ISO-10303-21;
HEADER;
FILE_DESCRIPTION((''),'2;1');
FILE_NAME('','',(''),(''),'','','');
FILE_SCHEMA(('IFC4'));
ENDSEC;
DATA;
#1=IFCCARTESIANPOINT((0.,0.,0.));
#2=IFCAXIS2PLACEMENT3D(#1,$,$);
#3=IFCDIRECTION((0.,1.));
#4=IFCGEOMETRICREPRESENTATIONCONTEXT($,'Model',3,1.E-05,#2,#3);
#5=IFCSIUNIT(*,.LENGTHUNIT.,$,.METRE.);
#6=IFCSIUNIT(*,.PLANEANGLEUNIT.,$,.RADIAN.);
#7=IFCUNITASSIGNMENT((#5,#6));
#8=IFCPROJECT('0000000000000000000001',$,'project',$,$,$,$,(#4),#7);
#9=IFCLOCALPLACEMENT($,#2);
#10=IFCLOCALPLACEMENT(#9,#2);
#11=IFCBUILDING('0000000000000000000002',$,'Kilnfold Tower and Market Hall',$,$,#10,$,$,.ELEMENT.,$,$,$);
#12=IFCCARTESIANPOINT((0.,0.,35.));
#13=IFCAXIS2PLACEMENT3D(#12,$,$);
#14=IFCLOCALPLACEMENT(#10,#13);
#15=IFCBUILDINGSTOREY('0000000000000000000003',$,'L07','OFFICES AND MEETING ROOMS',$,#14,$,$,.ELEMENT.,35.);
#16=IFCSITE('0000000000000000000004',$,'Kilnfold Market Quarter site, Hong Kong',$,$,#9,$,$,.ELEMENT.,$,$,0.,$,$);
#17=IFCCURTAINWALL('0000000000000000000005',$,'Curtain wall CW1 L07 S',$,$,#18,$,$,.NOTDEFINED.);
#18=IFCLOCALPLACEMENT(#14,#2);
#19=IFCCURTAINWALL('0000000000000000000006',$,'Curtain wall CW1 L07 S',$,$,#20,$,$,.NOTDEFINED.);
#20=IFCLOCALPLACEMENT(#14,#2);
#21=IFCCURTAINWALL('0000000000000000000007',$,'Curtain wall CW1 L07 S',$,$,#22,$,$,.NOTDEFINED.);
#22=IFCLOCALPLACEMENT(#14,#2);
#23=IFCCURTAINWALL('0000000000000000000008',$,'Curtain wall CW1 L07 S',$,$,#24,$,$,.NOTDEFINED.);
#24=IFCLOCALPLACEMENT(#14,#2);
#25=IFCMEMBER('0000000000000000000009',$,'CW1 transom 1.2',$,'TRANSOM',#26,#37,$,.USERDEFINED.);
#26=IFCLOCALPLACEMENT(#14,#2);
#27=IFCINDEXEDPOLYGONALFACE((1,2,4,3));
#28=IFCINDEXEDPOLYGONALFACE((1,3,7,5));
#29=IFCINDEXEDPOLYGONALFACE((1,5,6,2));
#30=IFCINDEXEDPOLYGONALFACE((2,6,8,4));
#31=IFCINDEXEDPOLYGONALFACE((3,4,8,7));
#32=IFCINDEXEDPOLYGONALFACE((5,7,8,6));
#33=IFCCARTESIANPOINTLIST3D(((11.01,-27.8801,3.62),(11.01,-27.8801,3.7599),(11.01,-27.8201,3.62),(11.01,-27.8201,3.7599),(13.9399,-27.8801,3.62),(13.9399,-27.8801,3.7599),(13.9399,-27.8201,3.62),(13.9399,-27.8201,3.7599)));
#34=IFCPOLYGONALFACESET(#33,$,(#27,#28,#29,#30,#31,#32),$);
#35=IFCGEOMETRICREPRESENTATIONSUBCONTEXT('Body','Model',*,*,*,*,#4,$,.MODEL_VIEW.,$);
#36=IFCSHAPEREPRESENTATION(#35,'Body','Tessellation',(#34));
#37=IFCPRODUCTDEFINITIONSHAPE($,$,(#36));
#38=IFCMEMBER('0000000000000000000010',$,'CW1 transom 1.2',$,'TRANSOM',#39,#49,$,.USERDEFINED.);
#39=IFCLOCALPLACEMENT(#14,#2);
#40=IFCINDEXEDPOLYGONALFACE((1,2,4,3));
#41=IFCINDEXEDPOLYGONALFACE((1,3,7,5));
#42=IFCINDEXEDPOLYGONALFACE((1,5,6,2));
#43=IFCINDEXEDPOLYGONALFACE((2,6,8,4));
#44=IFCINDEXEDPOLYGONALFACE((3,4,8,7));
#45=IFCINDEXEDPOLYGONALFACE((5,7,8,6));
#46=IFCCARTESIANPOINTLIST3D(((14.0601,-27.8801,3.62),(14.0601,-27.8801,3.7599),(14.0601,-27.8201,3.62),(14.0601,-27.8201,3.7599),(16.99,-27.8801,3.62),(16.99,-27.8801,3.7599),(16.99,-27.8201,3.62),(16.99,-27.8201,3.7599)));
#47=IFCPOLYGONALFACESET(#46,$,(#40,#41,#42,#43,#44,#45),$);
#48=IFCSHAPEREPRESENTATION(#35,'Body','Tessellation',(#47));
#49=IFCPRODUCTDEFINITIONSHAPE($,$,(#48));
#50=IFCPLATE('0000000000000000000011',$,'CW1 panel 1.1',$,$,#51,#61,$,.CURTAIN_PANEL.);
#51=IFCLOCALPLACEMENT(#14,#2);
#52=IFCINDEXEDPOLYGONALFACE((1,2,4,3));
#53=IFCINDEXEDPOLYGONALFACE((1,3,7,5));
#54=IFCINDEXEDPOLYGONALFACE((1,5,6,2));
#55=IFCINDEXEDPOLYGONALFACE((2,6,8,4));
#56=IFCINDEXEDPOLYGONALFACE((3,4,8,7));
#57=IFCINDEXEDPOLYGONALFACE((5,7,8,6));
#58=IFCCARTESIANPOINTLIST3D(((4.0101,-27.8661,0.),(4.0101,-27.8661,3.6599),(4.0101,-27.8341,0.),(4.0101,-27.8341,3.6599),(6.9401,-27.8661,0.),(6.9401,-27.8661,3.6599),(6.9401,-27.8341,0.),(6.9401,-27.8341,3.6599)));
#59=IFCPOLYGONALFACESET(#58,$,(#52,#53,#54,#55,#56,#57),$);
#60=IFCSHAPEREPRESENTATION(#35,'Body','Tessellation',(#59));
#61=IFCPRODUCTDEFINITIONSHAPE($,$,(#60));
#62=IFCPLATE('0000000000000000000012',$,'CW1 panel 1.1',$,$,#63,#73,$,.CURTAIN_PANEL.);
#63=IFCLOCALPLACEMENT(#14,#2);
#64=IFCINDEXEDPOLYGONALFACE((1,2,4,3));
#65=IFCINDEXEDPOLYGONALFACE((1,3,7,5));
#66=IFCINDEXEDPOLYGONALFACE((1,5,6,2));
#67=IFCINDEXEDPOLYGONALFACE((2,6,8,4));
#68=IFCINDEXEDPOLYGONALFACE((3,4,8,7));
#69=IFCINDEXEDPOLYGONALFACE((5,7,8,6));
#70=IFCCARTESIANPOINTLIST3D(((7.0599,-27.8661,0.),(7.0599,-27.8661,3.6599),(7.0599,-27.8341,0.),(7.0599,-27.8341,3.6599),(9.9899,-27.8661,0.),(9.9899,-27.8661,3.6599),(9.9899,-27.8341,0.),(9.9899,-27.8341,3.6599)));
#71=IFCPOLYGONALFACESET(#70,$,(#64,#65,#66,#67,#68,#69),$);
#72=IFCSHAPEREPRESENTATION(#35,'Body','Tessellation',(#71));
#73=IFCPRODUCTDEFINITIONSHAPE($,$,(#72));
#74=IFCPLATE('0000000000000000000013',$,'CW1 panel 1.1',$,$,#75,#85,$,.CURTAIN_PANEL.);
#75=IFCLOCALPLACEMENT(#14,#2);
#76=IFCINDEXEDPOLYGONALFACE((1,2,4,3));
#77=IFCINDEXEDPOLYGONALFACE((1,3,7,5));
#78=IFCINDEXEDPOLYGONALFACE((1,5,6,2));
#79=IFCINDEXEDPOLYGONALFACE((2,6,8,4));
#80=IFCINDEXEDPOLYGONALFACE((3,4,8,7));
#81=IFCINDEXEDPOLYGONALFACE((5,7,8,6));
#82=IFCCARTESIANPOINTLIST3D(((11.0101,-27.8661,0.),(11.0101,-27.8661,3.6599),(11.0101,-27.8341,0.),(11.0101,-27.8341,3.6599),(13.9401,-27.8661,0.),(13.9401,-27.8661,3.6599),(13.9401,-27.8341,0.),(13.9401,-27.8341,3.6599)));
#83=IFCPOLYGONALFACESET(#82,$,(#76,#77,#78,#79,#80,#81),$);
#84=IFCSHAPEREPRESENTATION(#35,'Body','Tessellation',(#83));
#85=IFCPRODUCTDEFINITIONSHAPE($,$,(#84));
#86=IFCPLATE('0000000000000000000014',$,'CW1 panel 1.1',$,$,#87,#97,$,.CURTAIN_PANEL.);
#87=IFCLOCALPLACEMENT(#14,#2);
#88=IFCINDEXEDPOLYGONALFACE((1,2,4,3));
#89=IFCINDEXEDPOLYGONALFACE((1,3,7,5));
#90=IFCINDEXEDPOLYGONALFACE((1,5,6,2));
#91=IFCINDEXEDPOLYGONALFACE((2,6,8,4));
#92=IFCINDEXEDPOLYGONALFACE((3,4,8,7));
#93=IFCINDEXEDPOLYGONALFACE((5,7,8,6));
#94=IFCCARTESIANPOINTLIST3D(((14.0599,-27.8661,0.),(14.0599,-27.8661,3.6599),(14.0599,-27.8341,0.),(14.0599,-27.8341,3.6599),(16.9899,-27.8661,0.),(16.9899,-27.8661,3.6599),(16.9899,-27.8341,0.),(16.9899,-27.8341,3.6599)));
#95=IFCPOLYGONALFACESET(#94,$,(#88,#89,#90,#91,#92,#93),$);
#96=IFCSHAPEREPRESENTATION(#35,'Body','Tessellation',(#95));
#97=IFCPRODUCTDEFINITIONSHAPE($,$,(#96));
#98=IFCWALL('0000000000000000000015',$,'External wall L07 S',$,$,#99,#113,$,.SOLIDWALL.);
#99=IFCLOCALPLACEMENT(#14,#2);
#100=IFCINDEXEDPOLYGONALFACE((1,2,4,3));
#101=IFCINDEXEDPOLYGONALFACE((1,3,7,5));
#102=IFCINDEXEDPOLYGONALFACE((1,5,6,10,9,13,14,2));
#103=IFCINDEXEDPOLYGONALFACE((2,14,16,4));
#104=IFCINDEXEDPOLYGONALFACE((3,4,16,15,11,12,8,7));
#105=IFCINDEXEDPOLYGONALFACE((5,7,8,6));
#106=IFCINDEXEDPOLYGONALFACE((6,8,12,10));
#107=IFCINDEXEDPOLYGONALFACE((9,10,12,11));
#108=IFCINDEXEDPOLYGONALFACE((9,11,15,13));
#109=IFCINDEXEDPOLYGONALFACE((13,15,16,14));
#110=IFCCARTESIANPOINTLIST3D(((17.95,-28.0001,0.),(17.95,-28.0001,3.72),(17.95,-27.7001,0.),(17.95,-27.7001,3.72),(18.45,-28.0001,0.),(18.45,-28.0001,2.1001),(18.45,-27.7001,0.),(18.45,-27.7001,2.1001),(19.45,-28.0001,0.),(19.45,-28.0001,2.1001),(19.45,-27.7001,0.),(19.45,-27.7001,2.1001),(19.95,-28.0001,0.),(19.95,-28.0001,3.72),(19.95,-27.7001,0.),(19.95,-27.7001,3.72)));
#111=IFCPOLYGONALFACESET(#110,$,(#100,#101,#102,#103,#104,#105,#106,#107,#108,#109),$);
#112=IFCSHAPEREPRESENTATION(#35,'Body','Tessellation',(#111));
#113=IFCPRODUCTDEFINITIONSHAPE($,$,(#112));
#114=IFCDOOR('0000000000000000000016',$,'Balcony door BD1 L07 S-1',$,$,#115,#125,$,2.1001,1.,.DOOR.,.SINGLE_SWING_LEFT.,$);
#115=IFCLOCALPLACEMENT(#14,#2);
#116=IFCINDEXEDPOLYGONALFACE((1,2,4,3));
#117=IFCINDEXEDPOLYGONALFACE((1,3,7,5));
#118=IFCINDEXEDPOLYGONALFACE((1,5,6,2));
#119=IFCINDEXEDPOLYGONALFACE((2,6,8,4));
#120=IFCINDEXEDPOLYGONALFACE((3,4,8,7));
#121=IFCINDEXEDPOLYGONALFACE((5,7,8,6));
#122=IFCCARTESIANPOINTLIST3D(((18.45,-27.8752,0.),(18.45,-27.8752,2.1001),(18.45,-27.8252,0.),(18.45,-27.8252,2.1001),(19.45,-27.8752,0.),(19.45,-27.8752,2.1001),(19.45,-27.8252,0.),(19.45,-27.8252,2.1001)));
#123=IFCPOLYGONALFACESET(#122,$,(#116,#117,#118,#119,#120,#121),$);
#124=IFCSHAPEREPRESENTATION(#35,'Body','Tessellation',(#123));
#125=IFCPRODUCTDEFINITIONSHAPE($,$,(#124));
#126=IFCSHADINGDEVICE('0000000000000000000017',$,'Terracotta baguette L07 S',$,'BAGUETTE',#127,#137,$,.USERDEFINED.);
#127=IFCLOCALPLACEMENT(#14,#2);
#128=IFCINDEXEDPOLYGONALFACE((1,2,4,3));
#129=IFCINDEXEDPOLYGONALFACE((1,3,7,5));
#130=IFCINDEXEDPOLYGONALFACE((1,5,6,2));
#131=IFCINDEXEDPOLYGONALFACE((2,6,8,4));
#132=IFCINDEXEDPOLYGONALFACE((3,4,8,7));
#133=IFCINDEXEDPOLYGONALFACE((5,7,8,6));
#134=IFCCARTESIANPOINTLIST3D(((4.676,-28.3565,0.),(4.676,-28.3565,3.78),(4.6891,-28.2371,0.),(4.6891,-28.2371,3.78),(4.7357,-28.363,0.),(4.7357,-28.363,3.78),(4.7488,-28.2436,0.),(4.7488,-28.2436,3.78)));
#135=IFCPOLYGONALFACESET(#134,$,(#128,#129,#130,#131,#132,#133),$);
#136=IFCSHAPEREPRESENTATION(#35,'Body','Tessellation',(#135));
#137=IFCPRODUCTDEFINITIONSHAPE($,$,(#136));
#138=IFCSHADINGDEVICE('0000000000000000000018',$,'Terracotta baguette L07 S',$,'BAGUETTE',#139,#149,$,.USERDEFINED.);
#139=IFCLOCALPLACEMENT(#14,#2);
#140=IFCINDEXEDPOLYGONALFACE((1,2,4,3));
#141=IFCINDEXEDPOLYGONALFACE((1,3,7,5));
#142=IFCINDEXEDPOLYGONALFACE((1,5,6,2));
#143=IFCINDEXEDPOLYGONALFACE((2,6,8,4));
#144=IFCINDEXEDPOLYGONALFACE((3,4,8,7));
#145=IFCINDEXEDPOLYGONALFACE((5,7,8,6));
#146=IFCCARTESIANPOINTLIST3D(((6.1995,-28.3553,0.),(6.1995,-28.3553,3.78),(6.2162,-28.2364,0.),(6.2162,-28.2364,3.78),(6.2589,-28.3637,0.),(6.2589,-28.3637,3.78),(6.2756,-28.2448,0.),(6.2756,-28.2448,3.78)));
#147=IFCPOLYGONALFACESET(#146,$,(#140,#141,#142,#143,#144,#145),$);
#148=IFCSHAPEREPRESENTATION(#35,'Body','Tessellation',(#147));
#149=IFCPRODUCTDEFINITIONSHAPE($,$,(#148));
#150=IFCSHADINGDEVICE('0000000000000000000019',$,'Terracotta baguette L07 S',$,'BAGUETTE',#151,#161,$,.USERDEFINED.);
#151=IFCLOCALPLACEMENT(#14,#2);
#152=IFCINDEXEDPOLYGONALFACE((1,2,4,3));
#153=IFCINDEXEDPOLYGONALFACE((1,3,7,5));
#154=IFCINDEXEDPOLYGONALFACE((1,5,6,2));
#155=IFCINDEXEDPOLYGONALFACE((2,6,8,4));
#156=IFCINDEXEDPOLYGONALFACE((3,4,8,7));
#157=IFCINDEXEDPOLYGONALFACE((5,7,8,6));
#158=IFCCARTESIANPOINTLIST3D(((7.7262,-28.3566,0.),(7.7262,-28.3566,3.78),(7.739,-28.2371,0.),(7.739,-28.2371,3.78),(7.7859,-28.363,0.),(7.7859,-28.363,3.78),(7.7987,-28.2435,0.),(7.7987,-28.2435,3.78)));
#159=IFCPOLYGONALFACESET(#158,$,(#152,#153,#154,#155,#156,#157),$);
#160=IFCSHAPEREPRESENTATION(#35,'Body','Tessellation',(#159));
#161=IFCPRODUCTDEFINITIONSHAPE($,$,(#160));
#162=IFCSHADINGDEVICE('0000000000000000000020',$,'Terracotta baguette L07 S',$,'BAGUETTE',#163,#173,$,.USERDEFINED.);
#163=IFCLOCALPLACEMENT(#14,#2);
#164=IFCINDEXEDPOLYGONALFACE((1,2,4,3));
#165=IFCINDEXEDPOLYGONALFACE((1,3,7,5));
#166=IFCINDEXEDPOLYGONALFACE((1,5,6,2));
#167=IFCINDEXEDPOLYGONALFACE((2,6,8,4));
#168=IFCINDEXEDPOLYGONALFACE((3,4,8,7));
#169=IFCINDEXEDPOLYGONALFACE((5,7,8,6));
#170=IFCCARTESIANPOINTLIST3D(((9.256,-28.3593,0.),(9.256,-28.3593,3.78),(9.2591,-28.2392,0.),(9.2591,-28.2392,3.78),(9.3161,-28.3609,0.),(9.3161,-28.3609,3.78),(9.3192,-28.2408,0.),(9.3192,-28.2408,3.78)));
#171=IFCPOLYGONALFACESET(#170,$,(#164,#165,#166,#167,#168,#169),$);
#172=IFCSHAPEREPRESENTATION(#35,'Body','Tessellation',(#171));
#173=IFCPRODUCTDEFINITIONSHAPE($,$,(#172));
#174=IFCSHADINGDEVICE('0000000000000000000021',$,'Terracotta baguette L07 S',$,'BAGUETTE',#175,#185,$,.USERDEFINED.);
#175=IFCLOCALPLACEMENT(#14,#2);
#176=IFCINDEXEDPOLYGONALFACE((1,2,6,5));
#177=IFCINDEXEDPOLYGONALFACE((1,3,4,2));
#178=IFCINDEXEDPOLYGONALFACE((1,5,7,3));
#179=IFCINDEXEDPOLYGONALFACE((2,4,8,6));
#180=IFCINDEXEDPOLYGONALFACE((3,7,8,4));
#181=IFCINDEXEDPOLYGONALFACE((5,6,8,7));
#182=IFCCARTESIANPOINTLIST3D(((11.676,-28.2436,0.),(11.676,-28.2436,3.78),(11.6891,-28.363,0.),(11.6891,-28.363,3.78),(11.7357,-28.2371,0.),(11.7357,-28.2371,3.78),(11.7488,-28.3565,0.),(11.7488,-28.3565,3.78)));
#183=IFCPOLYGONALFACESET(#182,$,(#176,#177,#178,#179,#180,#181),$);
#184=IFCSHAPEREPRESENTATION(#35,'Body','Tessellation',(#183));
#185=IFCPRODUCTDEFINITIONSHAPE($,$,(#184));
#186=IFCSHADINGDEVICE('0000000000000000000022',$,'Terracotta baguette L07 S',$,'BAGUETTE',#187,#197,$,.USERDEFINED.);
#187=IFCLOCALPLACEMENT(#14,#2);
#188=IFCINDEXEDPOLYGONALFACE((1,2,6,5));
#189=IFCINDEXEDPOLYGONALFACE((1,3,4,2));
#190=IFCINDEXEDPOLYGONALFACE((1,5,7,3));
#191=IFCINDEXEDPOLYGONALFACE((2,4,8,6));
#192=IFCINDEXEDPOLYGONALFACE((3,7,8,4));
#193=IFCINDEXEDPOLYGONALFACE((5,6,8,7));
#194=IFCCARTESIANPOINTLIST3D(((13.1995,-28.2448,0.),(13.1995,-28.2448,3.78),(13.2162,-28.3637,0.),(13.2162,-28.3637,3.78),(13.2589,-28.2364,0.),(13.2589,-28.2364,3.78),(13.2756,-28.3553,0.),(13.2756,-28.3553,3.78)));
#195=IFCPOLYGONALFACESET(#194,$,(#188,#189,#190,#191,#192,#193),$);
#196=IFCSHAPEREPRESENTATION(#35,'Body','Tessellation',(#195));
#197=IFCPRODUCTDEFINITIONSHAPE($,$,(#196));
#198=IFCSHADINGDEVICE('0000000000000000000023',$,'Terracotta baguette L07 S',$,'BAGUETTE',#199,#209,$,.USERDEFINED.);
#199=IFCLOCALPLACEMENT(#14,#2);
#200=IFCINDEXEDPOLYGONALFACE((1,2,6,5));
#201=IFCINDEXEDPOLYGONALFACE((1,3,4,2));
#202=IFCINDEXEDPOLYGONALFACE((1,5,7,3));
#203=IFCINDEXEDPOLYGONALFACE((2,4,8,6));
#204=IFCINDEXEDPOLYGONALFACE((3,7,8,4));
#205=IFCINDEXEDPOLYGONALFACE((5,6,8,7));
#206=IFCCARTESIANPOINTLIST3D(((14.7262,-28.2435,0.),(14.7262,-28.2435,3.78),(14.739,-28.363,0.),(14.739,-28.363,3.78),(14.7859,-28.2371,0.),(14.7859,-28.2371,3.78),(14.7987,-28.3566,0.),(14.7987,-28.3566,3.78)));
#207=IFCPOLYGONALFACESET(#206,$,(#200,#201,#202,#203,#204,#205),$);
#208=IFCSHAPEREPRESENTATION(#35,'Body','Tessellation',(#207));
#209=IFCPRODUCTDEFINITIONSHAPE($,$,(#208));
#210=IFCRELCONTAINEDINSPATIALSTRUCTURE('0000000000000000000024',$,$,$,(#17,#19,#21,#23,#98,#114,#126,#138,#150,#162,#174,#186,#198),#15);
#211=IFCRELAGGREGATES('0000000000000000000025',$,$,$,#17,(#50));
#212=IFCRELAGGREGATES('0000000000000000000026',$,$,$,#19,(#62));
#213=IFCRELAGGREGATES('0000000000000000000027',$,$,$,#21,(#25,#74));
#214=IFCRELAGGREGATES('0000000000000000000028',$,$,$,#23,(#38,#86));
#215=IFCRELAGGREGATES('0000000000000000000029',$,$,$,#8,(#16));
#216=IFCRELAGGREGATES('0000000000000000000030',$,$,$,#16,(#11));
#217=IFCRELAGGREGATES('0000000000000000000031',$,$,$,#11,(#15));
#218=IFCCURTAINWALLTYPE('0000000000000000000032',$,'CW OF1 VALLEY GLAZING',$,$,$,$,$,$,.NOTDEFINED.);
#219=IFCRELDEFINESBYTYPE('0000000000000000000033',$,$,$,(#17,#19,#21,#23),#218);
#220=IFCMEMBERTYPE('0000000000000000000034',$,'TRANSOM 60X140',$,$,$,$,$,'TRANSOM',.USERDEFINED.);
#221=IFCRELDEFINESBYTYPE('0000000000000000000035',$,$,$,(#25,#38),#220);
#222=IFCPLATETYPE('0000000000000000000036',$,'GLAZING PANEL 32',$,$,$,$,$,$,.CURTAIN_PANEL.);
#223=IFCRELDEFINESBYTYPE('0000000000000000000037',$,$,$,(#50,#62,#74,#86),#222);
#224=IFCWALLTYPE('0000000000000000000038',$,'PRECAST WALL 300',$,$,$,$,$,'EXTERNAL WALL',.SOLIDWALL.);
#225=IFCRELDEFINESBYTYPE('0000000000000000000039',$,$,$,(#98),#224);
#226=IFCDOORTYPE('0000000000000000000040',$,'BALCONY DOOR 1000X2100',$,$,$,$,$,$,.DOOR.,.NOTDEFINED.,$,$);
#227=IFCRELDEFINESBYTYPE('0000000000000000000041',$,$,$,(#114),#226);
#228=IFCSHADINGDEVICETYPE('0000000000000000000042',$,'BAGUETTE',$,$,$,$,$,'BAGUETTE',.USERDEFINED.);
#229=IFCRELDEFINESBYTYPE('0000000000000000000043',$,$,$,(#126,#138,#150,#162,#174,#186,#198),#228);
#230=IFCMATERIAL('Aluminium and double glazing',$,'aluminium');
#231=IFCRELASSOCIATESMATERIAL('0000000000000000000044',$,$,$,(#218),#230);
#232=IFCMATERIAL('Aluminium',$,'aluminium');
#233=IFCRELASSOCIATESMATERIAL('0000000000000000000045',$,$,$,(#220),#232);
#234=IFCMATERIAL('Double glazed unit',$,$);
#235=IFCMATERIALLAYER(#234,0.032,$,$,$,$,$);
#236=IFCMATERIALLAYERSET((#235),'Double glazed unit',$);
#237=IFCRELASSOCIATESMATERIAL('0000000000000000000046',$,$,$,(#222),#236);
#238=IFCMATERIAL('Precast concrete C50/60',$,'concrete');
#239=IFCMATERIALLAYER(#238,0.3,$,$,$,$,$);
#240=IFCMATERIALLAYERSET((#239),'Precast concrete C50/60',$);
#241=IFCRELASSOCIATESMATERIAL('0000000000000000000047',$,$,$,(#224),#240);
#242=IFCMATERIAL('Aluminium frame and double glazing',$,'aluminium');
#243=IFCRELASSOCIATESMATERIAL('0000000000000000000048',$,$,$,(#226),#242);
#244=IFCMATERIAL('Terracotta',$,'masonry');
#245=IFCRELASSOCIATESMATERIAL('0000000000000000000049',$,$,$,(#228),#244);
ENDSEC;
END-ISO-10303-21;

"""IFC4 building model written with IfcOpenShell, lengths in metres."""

from ifc_helpers import new_model, si_unit, direction, frame, frame_2d, origin, origin_2d, place, context, subcontext, project, spatial, rectangle, extrude, source, transform, mapped, material, layer, layer_set, material_profile, profile_set, type_object, element, fill, aggregate, save


model = new_model("IFC4")

# Units and contexts
model_context = context("Model", 3, precision=1e-05, world=origin(), true_north=direction((0.0, 1.0)))
body_context = subcontext(model_context, "Body", "Model", "MODEL_VIEW")
ifc_project = project(units=[si_unit("LENGTHUNIT", "METRE"), si_unit("PLANEANGLEUNIT", "RADIAN")], contexts=[model_context])

# Site, building, storey
site_placement = place(None, origin())
site = spatial("IfcSite", under=ifc_project, at=site_placement, Name="Kilnfold Market Quarter site, Hong Kong", CompositionType="ELEMENT", RefElevation=0.0)
building_placement = place(site_placement, origin())
building = spatial("IfcBuilding", under=site, at=building_placement, Name="Kilnfold Tower and Market Hall", CompositionType="ELEMENT")
storey_placement = place(building_placement, frame((0.0, 0.0, 35.0)))
storey = spatial("IfcBuildingStorey", under=building, at=storey_placement, Name="L07", Description="OFFICES AND MEETING ROOMS", CompositionType="ELEMENT", Elevation=35.0)

# Curtain walls
ifc_material_1 = material(Name="Aluminium and double glazing", Category="aluminium")
curtain_wall_type = type_object("IfcCurtainWallType", Name="CW OF1 VALLEY GLAZING", PredefinedType="NOTDEFINED", material=ifc_material_1)
curtain_wall_1_placement = place(storey_placement, origin())
curtain_wall_1 = element("IfcCurtainWall", 1, at=curtain_wall_1_placement, inside=storey, type_object=curtain_wall_type, Name="Curtain wall CW1 L07 S", PredefinedType="NOTDEFINED")
curtain_wall_2_placement = place(storey_placement, origin())
curtain_wall_2 = element("IfcCurtainWall", 2, at=curtain_wall_2_placement, inside=storey, type_object=curtain_wall_type, Name="Curtain wall CW1 L07 S", PredefinedType="NOTDEFINED")
curtain_wall_3_placement = place(storey_placement, origin())
curtain_wall_3 = element("IfcCurtainWall", 3, at=curtain_wall_3_placement, inside=storey, type_object=curtain_wall_type, Name="Curtain wall CW1 L07 S", PredefinedType="NOTDEFINED")
curtain_wall_4_placement = place(storey_placement, origin())
curtain_wall_4 = element("IfcCurtainWall", 4, at=curtain_wall_4_placement, inside=storey, type_object=curtain_wall_type, Name="Curtain wall CW1 L07 S", PredefinedType="NOTDEFINED")

# Members
ifc_material_2 = material(Name="Aluminium", Category="aluminium")
ifc_material_profile_1 = material_profile(ifc_material_2, rectangle(XDim=0.0601, YDim=0.1399, at=origin_2d()), Name="TRANSOM 60x140")
ifc_profile_set_1 = profile_set([ifc_material_profile_1], Name="Aluminium")
member_type_1 = type_object("IfcMemberType", Name="TRANSOM 60X140", ElementType="TRANSOM", PredefinedType="USERDEFINED", material=ifc_profile_set_1)
shared_shape_1 = source(origin(), body_context, "Body", "SweptSolid", [
    extrude(rectangle(XDim=0.0601, YDim=0.1399, at=origin_2d()), origin(), (0.0, 0.0, 1.0), 2.9299),
])
member_1_placement = place(storey_placement, frame((11.01, -27.8501, 3.6899), z_axis=(1.0, 0.0, 0.0), x_axis=(0.0, 1.0, 0.0)))
member_1 = element("IfcMember", 5, at=member_1_placement, type_object=member_type_1, Name="CW1 transom 1.2", ObjectType="TRANSOM", PredefinedType="USERDEFINED", context=body_context, shape_type="MappedRepresentation", body=[
    mapped(shared_shape_1, transform((0.0, 0.0, 0.0))),
])
member_2_placement = place(storey_placement, frame((14.0601, -27.8501, 3.6899), z_axis=(1.0, 0.0, 0.0), x_axis=(0.0, 1.0, 0.0)))
member_2 = element("IfcMember", 6, at=member_2_placement, type_object=member_type_1, Name="CW1 transom 1.2", ObjectType="TRANSOM", PredefinedType="USERDEFINED", context=body_context, shape_type="MappedRepresentation", body=[
    mapped(shared_shape_1, transform((0.0, 0.0, 0.0))),
])

# Plates
ifc_material_3 = material(Name="Double glazed unit")
ifc_layer_1 = layer(ifc_material_3, 0.032)
ifc_layer_set_1 = layer_set([ifc_layer_1], Name="Double glazed unit")
plate_type = type_object("IfcPlateType", Name="GLAZING PANEL 32", PredefinedType="CURTAIN_PANEL", material=ifc_layer_set_1)
shared_shape_2 = source(origin(), body_context, "Body", "SweptSolid", [
    extrude(rectangle(XDim=2.9299, YDim=0.032, at=origin_2d()), origin(), (0.0, 0.0, 1.0), 3.6599),
])
plate_1_placement = place(storey_placement, frame((5.4751, -27.8501, 0.0), z_axis=(0.0, 0.0, 1.0), x_axis=(1.0, 0.0, 0.0)))
plate_1 = element("IfcPlate", 7, at=plate_1_placement, type_object=plate_type, Name="CW1 panel 1.1", PredefinedType="CURTAIN_PANEL", context=body_context, shape_type="MappedRepresentation", body=[
    mapped(shared_shape_2, transform((0.0, 0.0, 0.0))),
])
aggregate(curtain_wall_1, [plate_1])
plate_2_placement = place(storey_placement, frame((8.5249, -27.8501, 0.0), z_axis=(0.0, 0.0, 1.0), x_axis=(1.0, 0.0, 0.0)))
plate_2 = element("IfcPlate", 8, at=plate_2_placement, type_object=plate_type, Name="CW1 panel 1.1", PredefinedType="CURTAIN_PANEL", context=body_context, shape_type="MappedRepresentation", body=[
    mapped(shared_shape_2, transform((0.0, 0.0, 0.0))),
])
aggregate(curtain_wall_2, [plate_2])
plate_3_placement = place(storey_placement, frame((12.4751, -27.8501, 0.0), z_axis=(0.0, 0.0, 1.0), x_axis=(1.0, 0.0, 0.0)))
plate_3 = element("IfcPlate", 9, at=plate_3_placement, type_object=plate_type, Name="CW1 panel 1.1", PredefinedType="CURTAIN_PANEL", context=body_context, shape_type="MappedRepresentation", body=[
    mapped(shared_shape_2, transform((0.0, 0.0, 0.0))),
])
aggregate(curtain_wall_3, [member_1, plate_3])
plate_4_placement = place(storey_placement, frame((15.5249, -27.8501, 0.0), z_axis=(0.0, 0.0, 1.0), x_axis=(1.0, 0.0, 0.0)))
plate_4 = element("IfcPlate", 10, at=plate_4_placement, type_object=plate_type, Name="CW1 panel 1.1", PredefinedType="CURTAIN_PANEL", context=body_context, shape_type="MappedRepresentation", body=[
    mapped(shared_shape_2, transform((0.0, 0.0, 0.0))),
])
aggregate(curtain_wall_4, [member_2, plate_4])

# Wall, opening, door
ifc_material_4 = material(Name="Precast concrete C50/60", Category="concrete")
ifc_layer_2 = layer(ifc_material_4, 0.3)
ifc_layer_set_2 = layer_set([ifc_layer_2], Name="Precast concrete C50/60")
wall_type = type_object("IfcWallType", Name="PRECAST WALL 300", ElementType="EXTERNAL WALL", PredefinedType="SOLIDWALL", material=ifc_layer_set_2)
shared_shape_3 = source(origin(), body_context, "Body", "SweptSolid", [
    extrude(rectangle(XDim=2.0, YDim=0.3, at=frame_2d((1.0, 0.0))), origin(), (0.0, 0.0, 1.0), 3.72),
])
wall_placement = place(storey_placement, frame((17.95, -27.8501, 0.0), z_axis=(0.0, 0.0, 1.0), x_axis=(1.0, 0.0, 0.0)))
wall = element("IfcWall", 11, at=wall_placement, inside=storey, type_object=wall_type, Name="External wall L07 S", PredefinedType="SOLIDWALL", context=body_context, shape_type="MappedRepresentation", body=[
    mapped(shared_shape_3, transform((0.0, 0.0, 0.0))),
])
opening_placement = place(wall_placement, frame((0.5, 0.0, 0.0)))
opening = element("IfcOpeningElement", 12, at=opening_placement, cuts=wall, PredefinedType="OPENING", context=body_context, shape_type="SweptSolid", body=[
    extrude(rectangle(XDim=1.0, YDim=2.1001, at=frame_2d((0.5, 1.05))), frame((0.0, 0.1602, 0.0), z_axis=(0.0, -1.0, 0.0), x_axis=(1.0, 0.0, 0.0)), (0.0, 0.0, 1.0), 0.3201),
])
ifc_material_5 = material(Name="Aluminium frame and double glazing", Category="aluminium")
door_type = type_object("IfcDoorType", Name="BALCONY DOOR 1000X2100", OperationType="NOTDEFINED", PredefinedType="DOOR", material=ifc_material_5)
door_placement = place(opening_placement, origin())
door = element("IfcDoor", 13, at=door_placement, inside=storey, type_object=door_type, Name="Balcony door BD1 L07 S-1", OperationType="SINGLE_SWING_LEFT", OverallHeight=2.1001, OverallWidth=1.0, PredefinedType="DOOR", context=body_context, shape_type="SweptSolid", body=[
    extrude(rectangle(XDim=1.0, YDim=2.1001, at=frame_2d((0.5, 1.05))), frame((0.0, 0.0249, 0.0), z_axis=(0.0, -1.0, 0.0), x_axis=(1.0, 0.0, 0.0)), (0.0, 0.0, 1.0), 0.05),
])
fill(opening, door)

# Shading devices
ifc_material_6 = material(Name="Terracotta", Category="masonry")
ifc_material_profile_2 = material_profile(ifc_material_6, rectangle(XDim=0.0601, YDim=0.1201, at=origin_2d()), Name="BAG 60x120")
ifc_profile_set_2 = profile_set([ifc_material_profile_2], Name="Terracotta")
shading_device_type = type_object("IfcShadingDeviceType", Name="BAGUETTE", ElementType="BAGUETTE", PredefinedType="USERDEFINED", material=ifc_profile_set_2)
shared_shape_4 = source(origin(), body_context, "Body", "SweptSolid", [
    extrude(rectangle(XDim=0.0601, YDim=0.1201, at=origin_2d()), origin(), (0.0, 0.0, 1.0), 3.78),
])
for number, where, z_axis, x_axis, name in (
    (14, (4.7124, -28.3, 0.0), (0.0, 0.0, 1.0), (0.994003, -0.109354, 0.0), "Terracotta baguette L07 S"),
    (15, (6.2375, -28.3, 0.0), (0.0, 0.0, 1.0), (0.99027, -0.139156, 0.0), "Terracotta baguette L07 S"),
    (16, (7.7625, -28.3, 0.0), (0.0, 0.0, 1.0), (0.994307, -0.106557, 0.0), "Terracotta baguette L07 S"),
    (17, (9.2876, -28.3, 0.0), (0.0, 0.0, 1.0), (0.999667, -0.025821, 0.0), "Terracotta baguette L07 S"),
    (18, (11.7124, -28.3, 0.0), (0.0, 0.0, 1.0), (0.994003, 0.109354, 0.0), "Terracotta baguette L07 S"),
    (19, (13.2375, -28.3, 0.0), (0.0, 0.0, 1.0), (0.99027, 0.139156, 0.0), "Terracotta baguette L07 S"),
    (20, (14.7625, -28.3, 0.0), (0.0, 0.0, 1.0), (0.994307, 0.106557, 0.0), "Terracotta baguette L07 S"),
):
    element("IfcShadingDevice", number, at=place(storey_placement, frame(where, z_axis=z_axis, x_axis=x_axis)), inside=storey, type_object=shading_device_type, Name=name, ObjectType="BAGUETTE", PredefinedType="USERDEFINED", context=body_context, shape_type="MappedRepresentation", body=[
        mapped(shared_shape_4, transform((0.0, 0.0, 0.0))),
    ])

save(model, "model.ifc")
